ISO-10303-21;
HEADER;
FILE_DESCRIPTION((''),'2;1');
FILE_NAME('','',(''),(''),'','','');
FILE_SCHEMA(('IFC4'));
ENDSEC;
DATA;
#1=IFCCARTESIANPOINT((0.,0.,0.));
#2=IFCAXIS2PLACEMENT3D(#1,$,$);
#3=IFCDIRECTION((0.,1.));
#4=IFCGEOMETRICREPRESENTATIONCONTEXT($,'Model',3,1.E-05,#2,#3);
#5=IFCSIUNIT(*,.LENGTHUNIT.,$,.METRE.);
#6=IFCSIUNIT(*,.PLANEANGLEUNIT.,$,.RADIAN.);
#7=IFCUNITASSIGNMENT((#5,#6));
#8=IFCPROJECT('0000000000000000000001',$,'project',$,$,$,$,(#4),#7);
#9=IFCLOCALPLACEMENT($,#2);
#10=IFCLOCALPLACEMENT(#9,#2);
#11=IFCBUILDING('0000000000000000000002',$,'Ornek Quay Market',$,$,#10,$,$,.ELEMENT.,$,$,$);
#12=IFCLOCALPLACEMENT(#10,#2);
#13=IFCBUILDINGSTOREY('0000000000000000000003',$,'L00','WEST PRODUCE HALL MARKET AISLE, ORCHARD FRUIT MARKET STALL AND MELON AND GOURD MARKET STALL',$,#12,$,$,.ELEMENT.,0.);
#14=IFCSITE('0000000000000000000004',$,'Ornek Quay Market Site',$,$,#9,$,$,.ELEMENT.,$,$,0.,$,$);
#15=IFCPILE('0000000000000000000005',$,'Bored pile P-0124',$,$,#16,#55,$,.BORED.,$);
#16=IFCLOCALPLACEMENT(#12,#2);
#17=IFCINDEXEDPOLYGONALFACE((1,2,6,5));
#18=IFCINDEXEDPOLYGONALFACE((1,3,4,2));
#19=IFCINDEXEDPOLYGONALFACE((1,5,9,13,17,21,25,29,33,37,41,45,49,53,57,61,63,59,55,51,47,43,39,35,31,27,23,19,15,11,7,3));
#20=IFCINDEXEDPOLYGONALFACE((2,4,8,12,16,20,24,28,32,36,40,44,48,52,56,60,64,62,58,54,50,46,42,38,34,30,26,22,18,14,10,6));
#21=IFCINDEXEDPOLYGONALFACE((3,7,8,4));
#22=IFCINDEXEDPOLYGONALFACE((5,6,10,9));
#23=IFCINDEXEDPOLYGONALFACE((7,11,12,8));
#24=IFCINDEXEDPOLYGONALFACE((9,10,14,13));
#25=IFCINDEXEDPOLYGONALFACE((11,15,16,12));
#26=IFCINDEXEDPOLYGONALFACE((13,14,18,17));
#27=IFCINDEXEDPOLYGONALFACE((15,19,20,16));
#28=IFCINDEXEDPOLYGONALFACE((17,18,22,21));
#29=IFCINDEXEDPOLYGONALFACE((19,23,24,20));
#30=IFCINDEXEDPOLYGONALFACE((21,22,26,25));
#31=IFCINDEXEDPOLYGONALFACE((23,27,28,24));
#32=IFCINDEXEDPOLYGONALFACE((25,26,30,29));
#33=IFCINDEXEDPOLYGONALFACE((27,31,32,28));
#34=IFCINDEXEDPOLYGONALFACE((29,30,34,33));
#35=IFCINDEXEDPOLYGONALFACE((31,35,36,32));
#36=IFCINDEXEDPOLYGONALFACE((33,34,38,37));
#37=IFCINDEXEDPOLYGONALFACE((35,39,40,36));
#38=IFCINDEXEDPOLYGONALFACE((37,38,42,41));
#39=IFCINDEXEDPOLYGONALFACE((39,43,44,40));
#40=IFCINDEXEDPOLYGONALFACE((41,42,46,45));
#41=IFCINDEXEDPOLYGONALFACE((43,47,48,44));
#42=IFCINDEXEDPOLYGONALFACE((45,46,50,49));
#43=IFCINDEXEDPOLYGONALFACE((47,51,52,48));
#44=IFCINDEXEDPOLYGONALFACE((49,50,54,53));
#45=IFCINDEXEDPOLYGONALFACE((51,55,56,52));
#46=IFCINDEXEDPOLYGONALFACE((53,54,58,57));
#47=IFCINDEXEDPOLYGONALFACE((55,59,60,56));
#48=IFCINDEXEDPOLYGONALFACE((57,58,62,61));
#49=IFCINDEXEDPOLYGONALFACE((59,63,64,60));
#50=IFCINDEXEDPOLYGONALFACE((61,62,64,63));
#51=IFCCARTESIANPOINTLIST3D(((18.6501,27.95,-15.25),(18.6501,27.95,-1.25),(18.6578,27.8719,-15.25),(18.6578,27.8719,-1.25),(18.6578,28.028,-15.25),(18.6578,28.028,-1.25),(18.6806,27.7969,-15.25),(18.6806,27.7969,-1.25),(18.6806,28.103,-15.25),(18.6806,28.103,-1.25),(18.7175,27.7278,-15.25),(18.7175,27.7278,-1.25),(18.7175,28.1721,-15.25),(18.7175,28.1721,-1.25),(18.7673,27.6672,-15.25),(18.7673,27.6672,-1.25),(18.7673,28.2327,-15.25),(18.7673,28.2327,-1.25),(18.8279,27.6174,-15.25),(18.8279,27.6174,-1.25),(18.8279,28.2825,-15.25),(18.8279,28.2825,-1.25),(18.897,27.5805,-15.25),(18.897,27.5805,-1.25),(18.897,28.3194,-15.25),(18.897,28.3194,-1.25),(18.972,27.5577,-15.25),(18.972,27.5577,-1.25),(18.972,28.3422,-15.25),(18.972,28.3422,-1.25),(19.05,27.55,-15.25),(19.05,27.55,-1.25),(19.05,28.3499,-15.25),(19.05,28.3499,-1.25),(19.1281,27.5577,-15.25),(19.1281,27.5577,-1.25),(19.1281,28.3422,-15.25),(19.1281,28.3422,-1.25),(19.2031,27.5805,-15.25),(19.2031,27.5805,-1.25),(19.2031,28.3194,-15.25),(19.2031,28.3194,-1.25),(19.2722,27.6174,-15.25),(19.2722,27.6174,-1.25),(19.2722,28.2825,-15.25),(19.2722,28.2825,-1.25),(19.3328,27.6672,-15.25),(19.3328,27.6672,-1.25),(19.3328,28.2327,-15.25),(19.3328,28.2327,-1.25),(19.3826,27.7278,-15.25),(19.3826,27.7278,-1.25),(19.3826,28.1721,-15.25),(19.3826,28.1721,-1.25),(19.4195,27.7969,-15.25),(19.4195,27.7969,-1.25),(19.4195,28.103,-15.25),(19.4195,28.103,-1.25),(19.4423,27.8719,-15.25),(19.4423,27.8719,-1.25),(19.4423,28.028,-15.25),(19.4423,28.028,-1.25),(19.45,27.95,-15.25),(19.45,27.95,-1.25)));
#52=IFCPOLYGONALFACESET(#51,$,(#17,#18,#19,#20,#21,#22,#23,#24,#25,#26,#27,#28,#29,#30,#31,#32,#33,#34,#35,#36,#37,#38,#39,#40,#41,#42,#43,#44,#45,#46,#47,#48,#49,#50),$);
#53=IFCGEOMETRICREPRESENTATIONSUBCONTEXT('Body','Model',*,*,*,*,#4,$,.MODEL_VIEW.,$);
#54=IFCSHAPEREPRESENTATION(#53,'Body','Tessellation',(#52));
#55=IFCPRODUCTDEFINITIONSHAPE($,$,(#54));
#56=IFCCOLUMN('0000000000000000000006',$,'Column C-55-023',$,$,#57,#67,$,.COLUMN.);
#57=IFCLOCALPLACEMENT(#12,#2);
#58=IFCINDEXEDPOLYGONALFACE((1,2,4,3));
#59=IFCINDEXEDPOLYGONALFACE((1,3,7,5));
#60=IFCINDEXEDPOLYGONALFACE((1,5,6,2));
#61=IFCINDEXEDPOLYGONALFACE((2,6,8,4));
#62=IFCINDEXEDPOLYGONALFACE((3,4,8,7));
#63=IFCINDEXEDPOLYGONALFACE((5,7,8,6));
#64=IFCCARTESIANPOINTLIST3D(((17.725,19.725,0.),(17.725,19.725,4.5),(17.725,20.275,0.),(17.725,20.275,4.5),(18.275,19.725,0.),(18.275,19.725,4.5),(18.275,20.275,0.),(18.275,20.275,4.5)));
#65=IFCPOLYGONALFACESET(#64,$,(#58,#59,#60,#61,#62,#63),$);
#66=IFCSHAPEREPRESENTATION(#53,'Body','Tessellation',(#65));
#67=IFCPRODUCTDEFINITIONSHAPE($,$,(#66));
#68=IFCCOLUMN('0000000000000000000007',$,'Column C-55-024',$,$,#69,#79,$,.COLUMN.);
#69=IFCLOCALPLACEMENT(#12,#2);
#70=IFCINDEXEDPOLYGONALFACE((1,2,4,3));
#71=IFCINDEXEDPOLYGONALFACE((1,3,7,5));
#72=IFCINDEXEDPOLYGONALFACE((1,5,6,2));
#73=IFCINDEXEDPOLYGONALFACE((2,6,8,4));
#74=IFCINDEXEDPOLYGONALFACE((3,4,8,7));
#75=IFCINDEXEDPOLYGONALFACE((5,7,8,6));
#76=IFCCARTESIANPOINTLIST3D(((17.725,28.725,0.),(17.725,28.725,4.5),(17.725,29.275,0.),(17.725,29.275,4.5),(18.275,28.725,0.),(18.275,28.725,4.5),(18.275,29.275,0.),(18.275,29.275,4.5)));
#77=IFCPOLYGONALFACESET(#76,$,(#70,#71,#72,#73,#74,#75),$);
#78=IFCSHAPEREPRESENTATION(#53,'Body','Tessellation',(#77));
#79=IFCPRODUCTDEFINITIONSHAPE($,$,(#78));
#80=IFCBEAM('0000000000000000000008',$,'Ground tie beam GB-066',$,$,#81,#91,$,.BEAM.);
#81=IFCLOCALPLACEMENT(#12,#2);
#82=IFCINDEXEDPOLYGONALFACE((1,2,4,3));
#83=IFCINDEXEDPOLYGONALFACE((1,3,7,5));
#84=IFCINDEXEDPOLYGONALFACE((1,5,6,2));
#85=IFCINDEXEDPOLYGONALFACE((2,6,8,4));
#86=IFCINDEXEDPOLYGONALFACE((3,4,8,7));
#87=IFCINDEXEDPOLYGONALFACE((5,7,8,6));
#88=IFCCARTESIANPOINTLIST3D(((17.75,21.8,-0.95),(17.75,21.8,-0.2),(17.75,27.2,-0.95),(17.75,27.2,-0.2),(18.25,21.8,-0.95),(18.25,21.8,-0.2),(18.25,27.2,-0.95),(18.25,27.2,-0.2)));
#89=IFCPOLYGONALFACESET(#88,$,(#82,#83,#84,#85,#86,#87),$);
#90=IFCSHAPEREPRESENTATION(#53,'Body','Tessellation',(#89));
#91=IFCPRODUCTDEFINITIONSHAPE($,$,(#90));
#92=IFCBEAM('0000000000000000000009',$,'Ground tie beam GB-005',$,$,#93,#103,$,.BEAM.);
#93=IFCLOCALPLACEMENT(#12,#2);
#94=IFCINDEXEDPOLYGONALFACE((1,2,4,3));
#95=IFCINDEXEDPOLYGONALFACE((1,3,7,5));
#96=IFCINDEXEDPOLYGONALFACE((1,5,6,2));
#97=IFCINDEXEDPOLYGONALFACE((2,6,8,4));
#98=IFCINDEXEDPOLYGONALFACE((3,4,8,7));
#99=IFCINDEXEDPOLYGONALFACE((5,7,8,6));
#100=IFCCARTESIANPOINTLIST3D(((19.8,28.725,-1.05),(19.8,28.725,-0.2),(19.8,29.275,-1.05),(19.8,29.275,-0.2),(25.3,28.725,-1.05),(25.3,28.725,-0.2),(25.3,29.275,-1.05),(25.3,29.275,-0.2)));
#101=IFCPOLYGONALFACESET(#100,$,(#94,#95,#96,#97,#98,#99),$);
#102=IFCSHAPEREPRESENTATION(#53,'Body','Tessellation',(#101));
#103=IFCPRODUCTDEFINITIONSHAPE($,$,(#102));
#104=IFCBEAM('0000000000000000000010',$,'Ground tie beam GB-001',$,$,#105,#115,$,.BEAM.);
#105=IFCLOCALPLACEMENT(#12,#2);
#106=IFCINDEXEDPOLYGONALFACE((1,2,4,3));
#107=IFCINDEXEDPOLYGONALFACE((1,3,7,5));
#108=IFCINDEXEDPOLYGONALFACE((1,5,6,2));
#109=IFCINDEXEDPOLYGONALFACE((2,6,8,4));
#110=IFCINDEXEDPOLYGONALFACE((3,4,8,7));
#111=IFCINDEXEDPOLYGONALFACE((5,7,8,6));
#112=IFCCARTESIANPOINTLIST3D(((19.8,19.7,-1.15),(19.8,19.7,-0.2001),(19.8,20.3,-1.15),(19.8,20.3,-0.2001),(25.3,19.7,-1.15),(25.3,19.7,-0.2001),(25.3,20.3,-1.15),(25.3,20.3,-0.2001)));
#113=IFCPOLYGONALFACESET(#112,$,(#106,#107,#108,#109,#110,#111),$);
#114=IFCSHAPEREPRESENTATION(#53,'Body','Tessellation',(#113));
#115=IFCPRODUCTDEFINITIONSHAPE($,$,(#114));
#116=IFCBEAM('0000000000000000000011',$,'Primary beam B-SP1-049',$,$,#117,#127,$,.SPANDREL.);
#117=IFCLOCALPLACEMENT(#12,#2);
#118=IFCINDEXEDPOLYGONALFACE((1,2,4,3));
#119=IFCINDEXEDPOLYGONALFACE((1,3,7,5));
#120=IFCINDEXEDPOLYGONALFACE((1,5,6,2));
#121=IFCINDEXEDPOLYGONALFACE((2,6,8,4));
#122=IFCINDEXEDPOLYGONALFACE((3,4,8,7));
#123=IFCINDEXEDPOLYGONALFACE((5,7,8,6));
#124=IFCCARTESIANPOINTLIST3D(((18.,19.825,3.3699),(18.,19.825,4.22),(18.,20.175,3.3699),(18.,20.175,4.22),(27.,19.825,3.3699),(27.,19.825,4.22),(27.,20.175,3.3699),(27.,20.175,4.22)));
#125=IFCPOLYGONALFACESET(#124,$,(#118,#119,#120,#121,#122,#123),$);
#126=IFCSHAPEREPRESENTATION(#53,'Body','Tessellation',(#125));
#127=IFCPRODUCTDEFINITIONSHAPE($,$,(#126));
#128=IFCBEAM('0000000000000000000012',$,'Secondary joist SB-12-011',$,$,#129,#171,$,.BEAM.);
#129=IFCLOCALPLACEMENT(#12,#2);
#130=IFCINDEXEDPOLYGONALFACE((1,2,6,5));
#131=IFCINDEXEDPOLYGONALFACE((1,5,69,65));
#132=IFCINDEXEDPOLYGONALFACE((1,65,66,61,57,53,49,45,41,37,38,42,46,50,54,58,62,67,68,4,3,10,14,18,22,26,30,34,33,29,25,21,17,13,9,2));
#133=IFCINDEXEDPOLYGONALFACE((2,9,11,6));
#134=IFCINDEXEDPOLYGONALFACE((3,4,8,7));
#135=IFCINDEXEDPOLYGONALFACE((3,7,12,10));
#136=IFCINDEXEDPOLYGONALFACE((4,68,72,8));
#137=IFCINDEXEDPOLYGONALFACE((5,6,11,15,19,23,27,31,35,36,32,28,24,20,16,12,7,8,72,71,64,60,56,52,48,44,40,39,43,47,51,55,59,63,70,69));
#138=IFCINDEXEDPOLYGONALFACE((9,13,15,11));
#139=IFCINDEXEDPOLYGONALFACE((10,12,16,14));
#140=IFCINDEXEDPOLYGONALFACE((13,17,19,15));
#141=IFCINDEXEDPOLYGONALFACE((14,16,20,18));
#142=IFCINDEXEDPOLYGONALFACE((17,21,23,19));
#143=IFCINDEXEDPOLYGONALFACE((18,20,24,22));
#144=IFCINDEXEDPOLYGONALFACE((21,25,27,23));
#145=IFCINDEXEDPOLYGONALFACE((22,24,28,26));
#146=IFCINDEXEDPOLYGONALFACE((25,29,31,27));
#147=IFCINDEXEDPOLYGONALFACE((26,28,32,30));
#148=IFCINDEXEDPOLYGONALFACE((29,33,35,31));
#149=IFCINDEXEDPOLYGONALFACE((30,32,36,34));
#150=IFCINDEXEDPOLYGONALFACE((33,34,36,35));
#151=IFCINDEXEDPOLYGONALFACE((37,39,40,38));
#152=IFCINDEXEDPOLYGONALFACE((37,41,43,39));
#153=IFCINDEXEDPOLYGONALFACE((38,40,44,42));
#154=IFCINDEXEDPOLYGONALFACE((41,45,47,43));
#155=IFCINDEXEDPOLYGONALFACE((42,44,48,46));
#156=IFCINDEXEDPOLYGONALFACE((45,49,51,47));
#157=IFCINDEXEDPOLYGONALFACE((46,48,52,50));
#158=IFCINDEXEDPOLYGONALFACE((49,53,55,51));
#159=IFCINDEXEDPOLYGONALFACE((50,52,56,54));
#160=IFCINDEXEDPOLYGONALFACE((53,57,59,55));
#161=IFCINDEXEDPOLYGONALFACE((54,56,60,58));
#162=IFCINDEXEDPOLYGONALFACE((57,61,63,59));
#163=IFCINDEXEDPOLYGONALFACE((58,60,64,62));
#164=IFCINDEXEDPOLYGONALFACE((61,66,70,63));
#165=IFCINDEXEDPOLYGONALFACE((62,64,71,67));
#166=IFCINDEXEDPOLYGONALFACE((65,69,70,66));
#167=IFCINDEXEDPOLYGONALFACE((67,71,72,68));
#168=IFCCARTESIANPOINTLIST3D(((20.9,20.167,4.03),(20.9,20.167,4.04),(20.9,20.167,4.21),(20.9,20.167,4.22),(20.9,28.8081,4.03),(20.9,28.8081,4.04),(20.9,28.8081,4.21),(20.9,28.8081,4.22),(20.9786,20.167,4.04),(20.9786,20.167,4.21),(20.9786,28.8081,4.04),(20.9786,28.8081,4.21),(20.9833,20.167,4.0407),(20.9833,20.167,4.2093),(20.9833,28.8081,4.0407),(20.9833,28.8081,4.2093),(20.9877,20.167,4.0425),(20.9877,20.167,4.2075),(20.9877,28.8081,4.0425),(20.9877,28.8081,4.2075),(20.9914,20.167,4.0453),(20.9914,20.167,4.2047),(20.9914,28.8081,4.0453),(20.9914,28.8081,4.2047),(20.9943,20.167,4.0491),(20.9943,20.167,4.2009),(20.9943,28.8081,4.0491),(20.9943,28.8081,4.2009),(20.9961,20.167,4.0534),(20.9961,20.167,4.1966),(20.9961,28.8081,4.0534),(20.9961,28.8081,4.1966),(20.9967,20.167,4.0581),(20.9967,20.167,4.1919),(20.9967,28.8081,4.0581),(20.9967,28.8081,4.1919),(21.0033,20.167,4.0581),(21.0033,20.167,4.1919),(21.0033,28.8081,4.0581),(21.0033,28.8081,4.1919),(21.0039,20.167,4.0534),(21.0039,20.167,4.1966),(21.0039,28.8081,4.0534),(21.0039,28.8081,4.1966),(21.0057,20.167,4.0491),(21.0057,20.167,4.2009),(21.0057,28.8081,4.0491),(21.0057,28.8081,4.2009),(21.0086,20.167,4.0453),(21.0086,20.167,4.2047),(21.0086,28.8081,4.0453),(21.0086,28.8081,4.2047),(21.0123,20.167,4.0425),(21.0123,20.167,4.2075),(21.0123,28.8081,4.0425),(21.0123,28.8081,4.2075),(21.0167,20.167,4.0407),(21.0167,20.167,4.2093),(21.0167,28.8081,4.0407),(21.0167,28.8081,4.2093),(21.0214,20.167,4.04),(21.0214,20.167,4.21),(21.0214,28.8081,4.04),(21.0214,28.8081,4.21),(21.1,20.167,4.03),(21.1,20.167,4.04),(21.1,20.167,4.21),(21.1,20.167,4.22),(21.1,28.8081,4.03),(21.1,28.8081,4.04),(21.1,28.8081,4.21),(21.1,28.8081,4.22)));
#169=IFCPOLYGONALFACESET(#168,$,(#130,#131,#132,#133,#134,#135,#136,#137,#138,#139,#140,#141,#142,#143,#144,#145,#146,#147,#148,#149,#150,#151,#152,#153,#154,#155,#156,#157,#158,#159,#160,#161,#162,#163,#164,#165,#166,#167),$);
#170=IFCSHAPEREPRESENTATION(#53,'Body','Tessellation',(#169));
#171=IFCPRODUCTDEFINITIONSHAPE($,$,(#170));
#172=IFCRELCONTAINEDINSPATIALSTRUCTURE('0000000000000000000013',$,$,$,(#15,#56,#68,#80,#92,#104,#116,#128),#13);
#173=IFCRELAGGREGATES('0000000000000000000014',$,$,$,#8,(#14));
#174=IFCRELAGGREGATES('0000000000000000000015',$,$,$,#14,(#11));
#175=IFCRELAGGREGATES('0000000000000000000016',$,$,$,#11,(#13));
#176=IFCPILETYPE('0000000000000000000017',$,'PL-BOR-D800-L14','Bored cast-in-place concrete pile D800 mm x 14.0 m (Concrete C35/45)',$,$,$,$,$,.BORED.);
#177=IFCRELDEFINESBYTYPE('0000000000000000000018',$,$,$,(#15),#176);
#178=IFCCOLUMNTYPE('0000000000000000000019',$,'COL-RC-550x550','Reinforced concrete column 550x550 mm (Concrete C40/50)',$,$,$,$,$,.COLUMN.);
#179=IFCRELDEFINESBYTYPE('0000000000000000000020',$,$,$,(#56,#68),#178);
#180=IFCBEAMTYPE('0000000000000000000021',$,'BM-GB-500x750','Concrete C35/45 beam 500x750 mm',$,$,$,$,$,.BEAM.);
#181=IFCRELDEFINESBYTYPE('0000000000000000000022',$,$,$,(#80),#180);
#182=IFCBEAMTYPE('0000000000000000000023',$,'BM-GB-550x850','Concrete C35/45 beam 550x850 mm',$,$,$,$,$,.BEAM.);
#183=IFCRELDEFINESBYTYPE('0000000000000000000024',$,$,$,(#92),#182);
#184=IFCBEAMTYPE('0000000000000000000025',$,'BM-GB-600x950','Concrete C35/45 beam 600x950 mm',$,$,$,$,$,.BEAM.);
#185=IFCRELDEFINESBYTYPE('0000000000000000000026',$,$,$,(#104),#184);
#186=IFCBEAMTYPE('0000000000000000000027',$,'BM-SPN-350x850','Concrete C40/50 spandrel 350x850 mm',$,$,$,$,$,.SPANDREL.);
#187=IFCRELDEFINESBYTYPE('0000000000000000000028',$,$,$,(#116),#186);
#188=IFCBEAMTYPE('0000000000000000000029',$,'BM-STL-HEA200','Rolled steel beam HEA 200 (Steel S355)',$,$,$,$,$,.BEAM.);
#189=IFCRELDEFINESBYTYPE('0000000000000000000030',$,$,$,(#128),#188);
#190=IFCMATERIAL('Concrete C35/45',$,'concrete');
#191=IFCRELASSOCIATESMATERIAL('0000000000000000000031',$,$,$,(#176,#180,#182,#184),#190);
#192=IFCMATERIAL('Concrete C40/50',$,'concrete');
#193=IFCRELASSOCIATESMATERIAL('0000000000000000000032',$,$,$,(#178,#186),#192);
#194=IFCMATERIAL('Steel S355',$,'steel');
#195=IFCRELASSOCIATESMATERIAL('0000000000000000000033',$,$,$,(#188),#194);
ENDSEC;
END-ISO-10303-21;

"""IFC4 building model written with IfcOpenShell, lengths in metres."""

from ifc_helpers import new_model, si_unit, direction, frame, origin, origin_2d, place, context, subcontext, project, spatial, rectangle, circle, i_section, extrude, material, material_profile, profile_set, type_object, element, save


model = new_model("IFC4")

# Units and contexts
model_context = context("Model", 3, precision=1e-05, world=origin(), true_north=direction((0.0, 1.0)))
body_context = subcontext(model_context, "Body", "Model", "MODEL_VIEW")
ifc_project = project(units=[si_unit("LENGTHUNIT", "METRE"), si_unit("PLANEANGLEUNIT", "RADIAN")], contexts=[model_context])

# Site, building, storey
site_placement = place(None, origin())
site = spatial("IfcSite", under=ifc_project, at=site_placement, Name="Ornek Quay Market Site", CompositionType="ELEMENT", RefElevation=0.0)
building_placement = place(site_placement, origin())
building = spatial("IfcBuilding", under=site, at=building_placement, Name="Ornek Quay Market", CompositionType="ELEMENT")
storey_placement = place(building_placement, origin())
storey = spatial("IfcBuildingStorey", under=building, at=storey_placement, Name="L00", Description="WEST PRODUCE HALL MARKET AISLE, ORCHARD FRUIT MARKET STALL AND MELON AND GOURD MARKET STALL", CompositionType="ELEMENT", Elevation=0.0)

# Pile
ifc_material_1 = material(Name="Concrete C35/45", Category="concrete")
ifc_material_profile_1 = material_profile(ifc_material_1, circle(Radius=0.3999, at=origin_2d()), Name="PILE D800", Category="concrete")
ifc_profile_set_1 = profile_set([ifc_material_profile_1], Name="Concrete C35/45")
pile_type = type_object("IfcPileType", Name="PL-BOR-D800-L14", Description="Bored cast-in-place concrete pile D800 mm x 14.0 m (Concrete C35/45)", PredefinedType="BORED", material=ifc_profile_set_1)
for number, where, z_axis, x_axis, name in (
    (1, (19.05, 27.95, -1.25), (0.0, 0.0, -1.0), (1.0, 0.0, 0.0), "Bored pile P-0124"),
):
    element("IfcPile", number, at=place(storey_placement, frame(where, z_axis=z_axis, x_axis=x_axis)), inside=storey, type_object=pile_type, Name=name, PredefinedType="BORED", context=body_context, shape_type="SweptSolid", body=[
        extrude(circle(Radius=0.3999, at=origin_2d()), origin(), (0.0, 0.0, 1.0), 14.0),
    ])

# Columns
ifc_material_2 = material(Name="Concrete C40/50", Category="concrete")
ifc_material_profile_2 = material_profile(ifc_material_2, rectangle(XDim=0.55, YDim=0.55, at=origin_2d()), Name="RC 550x550", Category="concrete")
ifc_profile_set_2 = profile_set([ifc_material_profile_2], Name="Concrete C40/50")
column_type = type_object("IfcColumnType", Name="COL-RC-550x550", Description="Reinforced concrete column 550x550 mm (Concrete C40/50)", PredefinedType="COLUMN", material=ifc_profile_set_2)
for number, where, z_axis, x_axis, name in (
    (2, (18.0, 20.0, 0.0), (0.0, 0.0, 1.0), (1.0, 0.0, 0.0), "Column C-55-023"),
    (3, (18.0, 29.0, 0.0), (0.0, 0.0, 1.0), (1.0, 0.0, 0.0), "Column C-55-024"),
):
    element("IfcColumn", number, at=place(storey_placement, frame(where, z_axis=z_axis, x_axis=x_axis)), inside=storey, type_object=column_type, Name=name, PredefinedType="COLUMN", context=body_context, shape_type="SweptSolid", body=[
        extrude(rectangle(XDim=0.55, YDim=0.55, at=origin_2d()), origin(), (0.0, 0.0, 1.0), 4.5),
    ])

# Beams
ifc_material_profile_3 = material_profile(ifc_material_1, rectangle(XDim=0.5, YDim=0.75, at=origin_2d()), Name="RC 500x750", Category="concrete")
ifc_profile_set_3 = profile_set([ifc_material_profile_3], Name="Concrete C35/45")
beam_type_1 = type_object("IfcBeamType", Name="BM-GB-500x750", Description="Concrete C35/45 beam 500x750 mm", PredefinedType="BEAM", material=ifc_profile_set_3)
beam_1_placement = place(storey_placement, frame((18.0, 21.8, -0.575), z_axis=(0.0, 1.0, 0.0), x_axis=(-1.0, 0.0, 0.0)))
element("IfcBeam", 4, at=beam_1_placement, inside=storey, type_object=beam_type_1, Name="Ground tie beam GB-066", PredefinedType="BEAM", context=body_context, shape_type="SweptSolid", body=[
    extrude(rectangle(XDim=0.5, YDim=0.75, at=origin_2d()), origin(), (0.0, 0.0, 1.0), 5.3999),
])
ifc_material_profile_4 = material_profile(ifc_material_1, rectangle(XDim=0.55, YDim=0.8501, at=origin_2d()), Name="RC 550x850", Category="concrete")
ifc_profile_set_4 = profile_set([ifc_material_profile_4], Name="Concrete C35/45")
beam_type_2 = type_object("IfcBeamType", Name="BM-GB-550x850", Description="Concrete C35/45 beam 550x850 mm", PredefinedType="BEAM", material=ifc_profile_set_4)
beam_2_placement = place(storey_placement, frame((19.8, 29.0, -0.625), z_axis=(1.0, 0.0, 0.0), x_axis=(0.0, 1.0, 0.0)))
element("IfcBeam", 5, at=beam_2_placement, inside=storey, type_object=beam_type_2, Name="Ground tie beam GB-005", PredefinedType="BEAM", context=body_context, shape_type="SweptSolid", body=[
    extrude(rectangle(XDim=0.55, YDim=0.8501, at=origin_2d()), origin(), (0.0, 0.0, 1.0), 5.5),
])
ifc_material_profile_5 = material_profile(ifc_material_1, rectangle(XDim=0.6001, YDim=0.95, at=origin_2d()), Name="RC 600x950", Category="concrete")
ifc_profile_set_5 = profile_set([ifc_material_profile_5], Name="Concrete C35/45")
beam_type_3 = type_object("IfcBeamType", Name="BM-GB-600x950", Description="Concrete C35/45 beam 600x950 mm", PredefinedType="BEAM", material=ifc_profile_set_5)
beam_3_placement = place(storey_placement, frame((19.8, 20.0, -0.675), z_axis=(1.0, 0.0, 0.0), x_axis=(0.0, 1.0, 0.0)))
element("IfcBeam", 6, at=beam_3_placement, inside=storey, type_object=beam_type_3, Name="Ground tie beam GB-001", PredefinedType="BEAM", context=body_context, shape_type="SweptSolid", body=[
    extrude(rectangle(XDim=0.6001, YDim=0.95, at=origin_2d()), origin(), (0.0, 0.0, 1.0), 5.5),
])
ifc_material_profile_6 = material_profile(ifc_material_2, rectangle(XDim=0.3501, YDim=0.8501, at=origin_2d()), Name="RC 350x850", Category="concrete")
ifc_profile_set_6 = profile_set([ifc_material_profile_6], Name="Concrete C40/50")
beam_type_4 = type_object("IfcBeamType", Name="BM-SPN-350x850", Description="Concrete C40/50 spandrel 350x850 mm", PredefinedType="SPANDREL", material=ifc_profile_set_6)
beam_4_placement = place(storey_placement, frame((18.0, 20.0, 3.7949), z_axis=(1.0, 0.0, 0.0), x_axis=(0.0, 1.0, 0.0)))
element("IfcBeam", 7, at=beam_4_placement, inside=storey, type_object=beam_type_4, Name="Primary beam B-SP1-049", PredefinedType="SPANDREL", context=body_context, shape_type="SweptSolid", body=[
    extrude(rectangle(XDim=0.3501, YDim=0.8501, at=origin_2d()), origin(), (0.0, 0.0, 1.0), 9.0),
])
ifc_material_3 = material(Name="Steel S355", Category="steel")
ifc_material_profile_7 = material_profile(ifc_material_3, i_section(OverallWidth=0.2, OverallDepth=0.1899, WebThickness=0.0066, FlangeThickness=0.01, FilletRadius=0.0181, at=origin_2d()), Name="HEA 200", Category="steel")
ifc_profile_set_7 = profile_set([ifc_material_profile_7], Name="Steel S355")
beam_type_5 = type_object("IfcBeamType", Name="BM-STL-HEA200", Description="Rolled steel beam HEA 200 (Steel S355)", PredefinedType="BEAM", material=ifc_profile_set_7)
beam_5_placement = place(storey_placement, frame((21.0, 20.167, 4.125), z_axis=(0.0, 1.0, 0.0), x_axis=(-1.0, 0.0, 0.0)))
element("IfcBeam", 8, at=beam_5_placement, inside=storey, type_object=beam_type_5, Name="Secondary joist SB-12-011", PredefinedType="BEAM", context=body_context, shape_type="SweptSolid", body=[
    extrude(i_section(OverallWidth=0.2, OverallDepth=0.1899, WebThickness=0.0066, FlangeThickness=0.01, FilletRadius=0.0181, at=origin_2d()), origin(), (0.0, 0.0, 1.0), 8.6411),
])

save(model, "model.ifc")
